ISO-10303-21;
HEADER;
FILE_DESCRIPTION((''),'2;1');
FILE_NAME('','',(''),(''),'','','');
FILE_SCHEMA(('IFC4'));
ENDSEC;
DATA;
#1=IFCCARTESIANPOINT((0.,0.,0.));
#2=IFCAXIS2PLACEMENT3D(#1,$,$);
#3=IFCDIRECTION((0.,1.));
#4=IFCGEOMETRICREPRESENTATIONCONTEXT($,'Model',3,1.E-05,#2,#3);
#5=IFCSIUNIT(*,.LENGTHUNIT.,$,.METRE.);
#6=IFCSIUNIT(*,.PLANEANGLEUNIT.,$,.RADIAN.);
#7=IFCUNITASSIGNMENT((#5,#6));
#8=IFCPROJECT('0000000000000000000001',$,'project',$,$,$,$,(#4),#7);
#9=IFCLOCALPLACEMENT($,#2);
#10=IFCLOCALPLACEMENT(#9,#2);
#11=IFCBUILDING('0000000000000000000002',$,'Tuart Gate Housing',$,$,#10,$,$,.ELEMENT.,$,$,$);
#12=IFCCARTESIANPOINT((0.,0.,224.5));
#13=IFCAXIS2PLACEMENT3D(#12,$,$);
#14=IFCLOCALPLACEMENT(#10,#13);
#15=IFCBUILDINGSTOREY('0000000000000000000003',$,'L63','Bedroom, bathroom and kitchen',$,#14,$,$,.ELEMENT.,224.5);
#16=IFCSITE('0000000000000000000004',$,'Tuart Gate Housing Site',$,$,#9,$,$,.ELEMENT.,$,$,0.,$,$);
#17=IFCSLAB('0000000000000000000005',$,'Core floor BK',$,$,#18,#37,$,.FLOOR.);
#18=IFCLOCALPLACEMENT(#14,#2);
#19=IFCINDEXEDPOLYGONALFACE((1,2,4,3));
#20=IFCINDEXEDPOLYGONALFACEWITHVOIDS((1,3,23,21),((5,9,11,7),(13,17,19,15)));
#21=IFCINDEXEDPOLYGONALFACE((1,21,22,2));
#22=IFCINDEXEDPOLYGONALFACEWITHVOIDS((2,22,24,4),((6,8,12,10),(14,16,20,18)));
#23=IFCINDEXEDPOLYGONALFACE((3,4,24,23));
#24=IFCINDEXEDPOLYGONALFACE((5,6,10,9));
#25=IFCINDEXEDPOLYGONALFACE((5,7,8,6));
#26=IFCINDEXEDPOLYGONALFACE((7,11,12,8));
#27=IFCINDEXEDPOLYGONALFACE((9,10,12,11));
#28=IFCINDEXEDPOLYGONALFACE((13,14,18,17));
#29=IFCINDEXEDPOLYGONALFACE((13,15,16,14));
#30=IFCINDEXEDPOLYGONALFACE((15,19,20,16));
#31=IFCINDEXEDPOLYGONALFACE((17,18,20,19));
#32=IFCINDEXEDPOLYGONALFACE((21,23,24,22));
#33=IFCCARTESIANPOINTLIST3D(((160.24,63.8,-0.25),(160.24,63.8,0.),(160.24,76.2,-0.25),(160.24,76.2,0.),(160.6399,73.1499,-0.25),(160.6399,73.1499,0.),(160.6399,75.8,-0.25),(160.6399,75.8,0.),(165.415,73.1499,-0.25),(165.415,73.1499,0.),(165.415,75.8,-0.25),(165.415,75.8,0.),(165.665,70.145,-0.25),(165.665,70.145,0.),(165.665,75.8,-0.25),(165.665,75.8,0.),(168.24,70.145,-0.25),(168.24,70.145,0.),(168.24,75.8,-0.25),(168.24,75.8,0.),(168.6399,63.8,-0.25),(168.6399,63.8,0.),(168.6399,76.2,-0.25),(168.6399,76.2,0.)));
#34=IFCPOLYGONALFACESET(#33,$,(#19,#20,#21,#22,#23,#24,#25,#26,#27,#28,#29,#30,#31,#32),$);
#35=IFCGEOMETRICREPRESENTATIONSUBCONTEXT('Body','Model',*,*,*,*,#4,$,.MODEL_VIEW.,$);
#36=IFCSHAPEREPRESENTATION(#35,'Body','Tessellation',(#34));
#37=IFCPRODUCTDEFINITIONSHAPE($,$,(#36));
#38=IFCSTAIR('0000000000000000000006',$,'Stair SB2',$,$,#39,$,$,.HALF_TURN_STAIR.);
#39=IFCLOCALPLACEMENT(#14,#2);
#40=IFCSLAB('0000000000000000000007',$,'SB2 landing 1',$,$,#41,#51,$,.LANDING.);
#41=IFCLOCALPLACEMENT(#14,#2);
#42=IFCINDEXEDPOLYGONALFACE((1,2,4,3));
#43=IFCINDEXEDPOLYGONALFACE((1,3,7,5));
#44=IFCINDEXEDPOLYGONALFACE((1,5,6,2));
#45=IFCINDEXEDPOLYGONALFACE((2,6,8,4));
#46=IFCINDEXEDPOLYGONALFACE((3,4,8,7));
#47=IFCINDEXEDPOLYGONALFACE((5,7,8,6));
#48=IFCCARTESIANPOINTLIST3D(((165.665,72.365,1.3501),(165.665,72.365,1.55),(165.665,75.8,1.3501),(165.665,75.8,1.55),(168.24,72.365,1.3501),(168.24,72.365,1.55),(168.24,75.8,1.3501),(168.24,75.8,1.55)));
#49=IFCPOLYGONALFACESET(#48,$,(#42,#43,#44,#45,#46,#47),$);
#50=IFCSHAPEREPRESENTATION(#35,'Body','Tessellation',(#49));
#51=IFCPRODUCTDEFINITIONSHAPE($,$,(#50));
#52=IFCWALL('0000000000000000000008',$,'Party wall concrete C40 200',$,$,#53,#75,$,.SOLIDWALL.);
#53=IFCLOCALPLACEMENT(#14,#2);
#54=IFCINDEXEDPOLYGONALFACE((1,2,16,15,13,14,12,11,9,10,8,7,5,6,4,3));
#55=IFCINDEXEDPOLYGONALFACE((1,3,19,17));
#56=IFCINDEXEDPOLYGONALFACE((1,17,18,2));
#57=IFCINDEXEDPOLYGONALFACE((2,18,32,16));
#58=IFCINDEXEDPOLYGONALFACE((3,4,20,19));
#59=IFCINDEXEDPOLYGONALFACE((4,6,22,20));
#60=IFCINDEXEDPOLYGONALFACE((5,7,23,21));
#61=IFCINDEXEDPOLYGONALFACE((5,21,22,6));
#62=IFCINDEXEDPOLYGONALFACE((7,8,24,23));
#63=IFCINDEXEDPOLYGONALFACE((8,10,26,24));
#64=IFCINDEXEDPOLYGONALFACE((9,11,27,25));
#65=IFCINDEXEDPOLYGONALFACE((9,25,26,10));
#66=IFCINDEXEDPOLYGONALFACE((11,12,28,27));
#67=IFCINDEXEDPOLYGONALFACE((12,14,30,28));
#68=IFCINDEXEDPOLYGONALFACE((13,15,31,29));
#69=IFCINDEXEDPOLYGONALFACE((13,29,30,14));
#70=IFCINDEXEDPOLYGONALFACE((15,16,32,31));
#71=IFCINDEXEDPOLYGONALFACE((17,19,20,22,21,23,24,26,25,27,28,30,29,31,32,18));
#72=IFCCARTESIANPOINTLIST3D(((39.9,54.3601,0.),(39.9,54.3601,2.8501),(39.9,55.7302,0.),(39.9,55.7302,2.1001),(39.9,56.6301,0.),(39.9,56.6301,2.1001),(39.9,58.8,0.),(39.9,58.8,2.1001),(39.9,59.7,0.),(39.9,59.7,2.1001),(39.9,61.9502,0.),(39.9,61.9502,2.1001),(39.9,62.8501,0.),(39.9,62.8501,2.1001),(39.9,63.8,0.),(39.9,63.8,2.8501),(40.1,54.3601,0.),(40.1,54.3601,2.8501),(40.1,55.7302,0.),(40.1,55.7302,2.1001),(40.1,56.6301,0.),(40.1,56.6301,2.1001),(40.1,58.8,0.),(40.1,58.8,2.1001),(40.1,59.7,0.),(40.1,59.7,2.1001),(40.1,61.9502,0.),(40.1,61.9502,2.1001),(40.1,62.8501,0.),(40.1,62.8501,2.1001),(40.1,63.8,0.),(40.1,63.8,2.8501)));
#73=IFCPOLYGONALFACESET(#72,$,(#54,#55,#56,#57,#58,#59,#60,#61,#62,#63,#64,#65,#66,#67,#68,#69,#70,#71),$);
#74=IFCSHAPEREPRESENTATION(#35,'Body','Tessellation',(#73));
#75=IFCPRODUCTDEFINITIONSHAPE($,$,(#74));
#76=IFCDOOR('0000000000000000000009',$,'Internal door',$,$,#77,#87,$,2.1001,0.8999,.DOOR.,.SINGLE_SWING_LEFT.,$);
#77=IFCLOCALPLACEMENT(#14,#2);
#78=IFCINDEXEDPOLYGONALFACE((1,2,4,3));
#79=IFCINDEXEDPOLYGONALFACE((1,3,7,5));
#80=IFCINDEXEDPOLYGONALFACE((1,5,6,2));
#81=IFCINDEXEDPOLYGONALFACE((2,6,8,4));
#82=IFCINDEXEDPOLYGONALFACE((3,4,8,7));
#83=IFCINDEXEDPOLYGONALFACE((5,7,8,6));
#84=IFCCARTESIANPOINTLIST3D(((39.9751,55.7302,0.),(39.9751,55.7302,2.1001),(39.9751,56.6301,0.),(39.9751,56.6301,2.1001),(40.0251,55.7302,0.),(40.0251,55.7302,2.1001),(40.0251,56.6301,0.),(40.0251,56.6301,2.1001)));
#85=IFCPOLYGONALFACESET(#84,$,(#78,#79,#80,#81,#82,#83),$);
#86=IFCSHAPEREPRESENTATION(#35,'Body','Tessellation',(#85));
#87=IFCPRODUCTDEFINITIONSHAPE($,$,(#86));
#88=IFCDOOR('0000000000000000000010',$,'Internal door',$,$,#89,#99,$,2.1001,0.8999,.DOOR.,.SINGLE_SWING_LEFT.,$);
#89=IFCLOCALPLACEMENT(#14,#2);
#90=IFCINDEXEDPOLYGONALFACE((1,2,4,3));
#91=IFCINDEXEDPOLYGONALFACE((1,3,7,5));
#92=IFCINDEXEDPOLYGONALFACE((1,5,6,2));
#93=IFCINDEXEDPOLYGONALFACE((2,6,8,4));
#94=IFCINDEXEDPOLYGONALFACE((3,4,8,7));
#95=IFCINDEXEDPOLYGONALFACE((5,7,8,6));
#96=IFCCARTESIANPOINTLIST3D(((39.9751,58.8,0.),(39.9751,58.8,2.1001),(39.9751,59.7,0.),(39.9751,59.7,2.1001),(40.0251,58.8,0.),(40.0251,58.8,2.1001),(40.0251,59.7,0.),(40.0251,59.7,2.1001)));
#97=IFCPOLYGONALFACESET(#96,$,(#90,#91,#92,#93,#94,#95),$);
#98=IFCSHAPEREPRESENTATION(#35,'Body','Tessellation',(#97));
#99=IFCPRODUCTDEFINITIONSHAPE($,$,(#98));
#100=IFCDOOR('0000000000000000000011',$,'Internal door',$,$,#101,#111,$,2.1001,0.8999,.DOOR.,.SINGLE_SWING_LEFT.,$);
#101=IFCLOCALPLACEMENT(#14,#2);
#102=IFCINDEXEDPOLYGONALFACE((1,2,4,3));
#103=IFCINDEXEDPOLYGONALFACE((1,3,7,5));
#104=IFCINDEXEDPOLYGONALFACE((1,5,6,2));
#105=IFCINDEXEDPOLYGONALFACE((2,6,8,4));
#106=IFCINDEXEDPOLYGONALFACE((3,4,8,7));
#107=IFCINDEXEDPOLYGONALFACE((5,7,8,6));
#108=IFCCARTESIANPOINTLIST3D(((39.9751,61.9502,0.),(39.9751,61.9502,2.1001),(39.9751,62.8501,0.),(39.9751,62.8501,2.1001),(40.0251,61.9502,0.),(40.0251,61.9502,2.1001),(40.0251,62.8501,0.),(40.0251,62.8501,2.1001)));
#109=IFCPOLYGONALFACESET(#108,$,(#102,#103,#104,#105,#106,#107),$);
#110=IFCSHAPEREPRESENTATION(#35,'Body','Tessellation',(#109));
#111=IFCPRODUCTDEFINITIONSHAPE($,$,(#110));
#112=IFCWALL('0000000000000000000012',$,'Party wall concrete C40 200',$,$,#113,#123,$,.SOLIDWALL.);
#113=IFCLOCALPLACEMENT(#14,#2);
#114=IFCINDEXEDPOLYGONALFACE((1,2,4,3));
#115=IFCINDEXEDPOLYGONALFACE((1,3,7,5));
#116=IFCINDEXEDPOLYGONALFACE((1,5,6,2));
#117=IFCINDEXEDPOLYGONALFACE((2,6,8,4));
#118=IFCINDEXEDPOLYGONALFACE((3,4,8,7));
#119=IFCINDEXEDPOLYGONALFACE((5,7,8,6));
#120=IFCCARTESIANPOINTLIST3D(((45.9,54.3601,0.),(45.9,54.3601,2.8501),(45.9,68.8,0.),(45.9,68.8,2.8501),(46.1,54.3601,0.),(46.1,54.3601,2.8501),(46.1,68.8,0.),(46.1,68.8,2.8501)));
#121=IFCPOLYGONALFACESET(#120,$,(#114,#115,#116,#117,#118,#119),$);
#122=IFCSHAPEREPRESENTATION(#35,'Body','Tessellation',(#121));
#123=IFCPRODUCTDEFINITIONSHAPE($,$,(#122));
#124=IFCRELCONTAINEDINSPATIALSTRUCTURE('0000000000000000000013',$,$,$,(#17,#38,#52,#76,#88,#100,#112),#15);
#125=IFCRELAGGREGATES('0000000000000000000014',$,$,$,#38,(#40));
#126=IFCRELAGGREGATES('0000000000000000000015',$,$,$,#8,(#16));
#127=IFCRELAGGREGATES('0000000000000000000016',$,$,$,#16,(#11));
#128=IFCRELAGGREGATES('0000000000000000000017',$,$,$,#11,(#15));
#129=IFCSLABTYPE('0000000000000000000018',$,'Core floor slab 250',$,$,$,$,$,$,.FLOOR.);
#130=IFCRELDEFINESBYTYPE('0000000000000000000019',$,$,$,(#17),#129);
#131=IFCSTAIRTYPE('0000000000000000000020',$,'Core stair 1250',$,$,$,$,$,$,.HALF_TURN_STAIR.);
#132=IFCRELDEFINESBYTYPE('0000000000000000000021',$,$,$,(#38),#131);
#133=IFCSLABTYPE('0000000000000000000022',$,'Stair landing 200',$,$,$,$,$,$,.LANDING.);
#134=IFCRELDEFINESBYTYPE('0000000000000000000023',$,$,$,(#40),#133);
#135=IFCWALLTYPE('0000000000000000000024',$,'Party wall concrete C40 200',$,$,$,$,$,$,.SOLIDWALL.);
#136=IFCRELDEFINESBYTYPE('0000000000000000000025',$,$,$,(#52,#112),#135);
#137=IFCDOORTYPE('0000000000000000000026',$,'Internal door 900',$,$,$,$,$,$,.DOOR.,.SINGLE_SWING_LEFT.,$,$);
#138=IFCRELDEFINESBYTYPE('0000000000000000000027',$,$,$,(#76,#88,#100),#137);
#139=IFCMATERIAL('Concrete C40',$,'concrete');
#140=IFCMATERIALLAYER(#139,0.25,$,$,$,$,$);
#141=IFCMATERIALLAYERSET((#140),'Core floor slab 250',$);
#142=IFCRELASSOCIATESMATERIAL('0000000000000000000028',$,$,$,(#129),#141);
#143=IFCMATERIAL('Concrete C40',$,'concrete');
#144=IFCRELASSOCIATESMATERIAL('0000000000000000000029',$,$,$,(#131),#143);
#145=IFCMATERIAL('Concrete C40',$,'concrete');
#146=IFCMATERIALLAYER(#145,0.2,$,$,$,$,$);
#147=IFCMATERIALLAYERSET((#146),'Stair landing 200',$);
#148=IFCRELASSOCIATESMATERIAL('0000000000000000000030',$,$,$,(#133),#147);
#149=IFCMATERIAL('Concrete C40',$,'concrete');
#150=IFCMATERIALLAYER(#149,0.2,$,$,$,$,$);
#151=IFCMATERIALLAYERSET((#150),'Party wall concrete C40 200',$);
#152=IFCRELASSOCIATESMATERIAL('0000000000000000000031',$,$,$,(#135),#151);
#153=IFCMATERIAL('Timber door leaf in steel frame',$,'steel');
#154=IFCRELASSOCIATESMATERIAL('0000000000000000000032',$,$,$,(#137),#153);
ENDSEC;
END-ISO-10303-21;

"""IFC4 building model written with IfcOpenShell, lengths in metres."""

from ifc_helpers import new_model, si_unit, direction, frame, frame_2d, origin, place, context, subcontext, project, spatial, polyline, rectangle, outline, extrude, material, layer, layer_set, type_object, element, fill, aggregate, save


model = new_model("IFC4")

# Units and contexts
model_context = context("Model", 3, precision=1e-05, world=origin(), true_north=direction((0.0, 1.0)))
body_context = subcontext(model_context, "Body", "Model", "MODEL_VIEW")
ifc_project = project(units=[si_unit("LENGTHUNIT", "METRE"), si_unit("PLANEANGLEUNIT", "RADIAN")], contexts=[model_context])

# Site, building, storey
site_placement = place(None, origin())
site = spatial("IfcSite", under=ifc_project, at=site_placement, Name="Tuart Gate Housing Site", CompositionType="ELEMENT", RefElevation=0.0)
building_placement = place(site_placement, origin())
building = spatial("IfcBuilding", under=site, at=building_placement, Name="Tuart Gate Housing", CompositionType="ELEMENT")
storey_placement = place(building_placement, frame((0.0, 0.0, 224.5)))
storey = spatial("IfcBuildingStorey", under=building, at=storey_placement, Name="L63", Description="Bedroom, bathroom and kitchen", CompositionType="ELEMENT", Elevation=224.5)

# Slab
ifc_material_1 = material(Name="Concrete C40", Category="concrete")
ifc_layer_1 = layer(ifc_material_1, 0.25)
ifc_layer_set_1 = layer_set([ifc_layer_1], Name="Core floor slab 250")
slab_type_1 = type_object("IfcSlabType", Name="Core floor slab 250", PredefinedType="FLOOR", material=ifc_layer_set_1)
slab_1_placement = place(storey_placement, frame((0.0, 0.0, -0.25)))
element("IfcSlab", 1, at=slab_1_placement, inside=storey, type_object=slab_type_1, Name="Core floor BK", PredefinedType="FLOOR", context=body_context, shape_type="SweptSolid", body=[
    extrude(outline(polyline([(160.24, 63.8), (168.6399, 63.8), (168.6399, 76.2), (160.24, 76.2), (160.24, 63.8)]), holes=[polyline([(160.6399, 73.1499), (165.415, 73.1499), (165.415, 75.8), (160.6399, 75.8), (160.6399, 73.1499)]), polyline([(165.665, 70.145), (168.24, 70.145), (168.24, 75.8), (165.665, 75.8), (165.665, 70.145)])]), origin(), (0.0, 0.0, 1.0), 0.25),
])

# Stair, slab
ifc_material_2 = material(Name="Concrete C40", Category="concrete")
stair_type = type_object("IfcStairType", Name="Core stair 1250", PredefinedType="HALF_TURN_STAIR", material=ifc_material_2)
stair_placement = place(storey_placement, origin())
stair = element("IfcStair", 2, at=stair_placement, inside=storey, type_object=stair_type, Name="Stair SB2", PredefinedType="HALF_TURN_STAIR")
ifc_material_3 = material(Name="Concrete C40", Category="concrete")
ifc_layer_2 = layer(ifc_material_3, 0.2)
ifc_layer_set_2 = layer_set([ifc_layer_2], Name="Stair landing 200")
slab_type_2 = type_object("IfcSlabType", Name="Stair landing 200", PredefinedType="LANDING", material=ifc_layer_set_2)
slab_2_placement = place(storey_placement, frame((0.0, 0.0, 1.3501)))
slab_2 = element("IfcSlab", 3, at=slab_2_placement, type_object=slab_type_2, Name="SB2 landing 1", PredefinedType="LANDING", context=body_context, shape_type="SweptSolid", body=[
    extrude(outline(polyline([(165.665, 72.365), (168.24, 72.365), (168.24, 75.8), (165.665, 75.8), (165.665, 72.365)])), origin(), (0.0, 0.0, 1.0), 0.2),
])
aggregate(stair, [slab_2])

# Wall, openings, doors
ifc_material_4 = material(Name="Concrete C40", Category="concrete")
ifc_layer_3 = layer(ifc_material_4, 0.2)
ifc_layer_set_3 = layer_set([ifc_layer_3], Name="Party wall concrete C40 200")
wall_type_1 = type_object("IfcWallType", Name="Party wall concrete C40 200", PredefinedType="SOLIDWALL", material=ifc_layer_set_3)
wall_1_placement = place(storey_placement, frame((40.0, 54.3601, 0.0), z_axis=(0.0, 0.0, 1.0), x_axis=(0.0, 1.0, 0.0)))
wall_1 = element("IfcWall", 4, at=wall_1_placement, inside=storey, type_object=wall_type_1, Name="Party wall concrete C40 200", PredefinedType="SOLIDWALL", context=body_context, shape_type="SweptSolid", body=[
    extrude(rectangle(XDim=9.4399, YDim=0.2, at=frame_2d((4.72, 0.0))), origin(), (0.0, 0.0, 1.0), 2.8501),
])
opening_1_placement = place(wall_1_placement, frame((1.3701, 0.0, 0.0)))
opening_1 = element("IfcOpeningElement", 5, at=opening_1_placement, cuts=wall_1, PredefinedType="OPENING", context=body_context, shape_type="SweptSolid", body=[
    extrude(rectangle(XDim=0.8999, YDim=2.1001, at=frame_2d((0.45, 1.05))), frame((0.0, 0.1099, 0.0), z_axis=(0.0, -1.0, 0.0), x_axis=(1.0, 0.0, 0.0)), (0.0, 0.0, 1.0), 0.22),
])
opening_2_placement = place(wall_1_placement, frame((4.4399, 0.0, 0.0)))
opening_2 = element("IfcOpeningElement", 6, at=opening_2_placement, cuts=wall_1, PredefinedType="OPENING", context=body_context, shape_type="SweptSolid", body=[
    extrude(rectangle(XDim=0.8999, YDim=2.1001, at=frame_2d((0.45, 1.05))), frame((0.0, 0.1099, 0.0), z_axis=(0.0, -1.0, 0.0), x_axis=(1.0, 0.0, 0.0)), (0.0, 0.0, 1.0), 0.22),
])
opening_3_placement = place(wall_1_placement, frame((7.5901, 0.0, 0.0)))
opening_3 = element("IfcOpeningElement", 7, at=opening_3_placement, cuts=wall_1, PredefinedType="OPENING", context=body_context, shape_type="SweptSolid", body=[
    extrude(rectangle(XDim=0.8999, YDim=2.1001, at=frame_2d((0.45, 1.05))), frame((0.0, 0.1099, 0.0), z_axis=(0.0, -1.0, 0.0), x_axis=(1.0, 0.0, 0.0)), (0.0, 0.0, 1.0), 0.22),
])
ifc_material_5 = material(Name="Timber door leaf in steel frame", Category="steel")
door_type = type_object("IfcDoorType", Name="Internal door 900", OperationType="SINGLE_SWING_LEFT", PredefinedType="DOOR", material=ifc_material_5)
door_1_placement = place(opening_1_placement, origin())
door_1 = element("IfcDoor", 8, at=door_1_placement, inside=storey, type_object=door_type, Name="Internal door", OperationType="SINGLE_SWING_LEFT", OverallHeight=2.1001, OverallWidth=0.8999, PredefinedType="DOOR", context=body_context, shape_type="SweptSolid", body=[
    extrude(rectangle(XDim=0.8999, YDim=2.1001, at=frame_2d((0.45, 1.05))), frame((0.0, 0.0249, 0.0), z_axis=(0.0, -1.0, 0.0), x_axis=(1.0, 0.0, 0.0)), (0.0, 0.0, 1.0), 0.05),
])
fill(opening_1, door_1)
door_2_placement = place(opening_2_placement, origin())
door_2 = element("IfcDoor", 9, at=door_2_placement, inside=storey, type_object=door_type, Name="Internal door", OperationType="SINGLE_SWING_LEFT", OverallHeight=2.1001, OverallWidth=0.8999, PredefinedType="DOOR", context=body_context, shape_type="SweptSolid", body=[
    extrude(rectangle(XDim=0.8999, YDim=2.1001, at=frame_2d((0.45, 1.05))), frame((0.0, 0.0249, 0.0), z_axis=(0.0, -1.0, 0.0), x_axis=(1.0, 0.0, 0.0)), (0.0, 0.0, 1.0), 0.05),
])
fill(opening_2, door_2)
door_3_placement = place(opening_3_placement, origin())
door_3 = element("IfcDoor", 10, at=door_3_placement, inside=storey, type_object=door_type, Name="Internal door", OperationType="SINGLE_SWING_LEFT", OverallHeight=2.1001, OverallWidth=0.8999, PredefinedType="DOOR", context=body_context, shape_type="SweptSolid", body=[
    extrude(rectangle(XDim=0.8999, YDim=2.1001, at=frame_2d((0.45, 1.05))), frame((0.0, 0.0249, 0.0), z_axis=(0.0, -1.0, 0.0), x_axis=(1.0, 0.0, 0.0)), (0.0, 0.0, 1.0), 0.05),
])
fill(opening_3, door_3)

# Wall
wall_2_placement = place(storey_placement, frame((46.0, 54.3601, 0.0), z_axis=(0.0, 0.0, 1.0), x_axis=(0.0, 1.0, 0.0)))
element("IfcWall", 11, at=wall_2_placement, inside=storey, type_object=wall_type_1, Name="Party wall concrete C40 200", PredefinedType="SOLIDWALL", context=body_context, shape_type="SweptSolid", body=[
    extrude(rectangle(XDim=14.4399, YDim=0.2, at=frame_2d((7.22, 0.0))), origin(), (0.0, 0.0, 1.0), 2.8501),
])

save(model, "model.ifc")
